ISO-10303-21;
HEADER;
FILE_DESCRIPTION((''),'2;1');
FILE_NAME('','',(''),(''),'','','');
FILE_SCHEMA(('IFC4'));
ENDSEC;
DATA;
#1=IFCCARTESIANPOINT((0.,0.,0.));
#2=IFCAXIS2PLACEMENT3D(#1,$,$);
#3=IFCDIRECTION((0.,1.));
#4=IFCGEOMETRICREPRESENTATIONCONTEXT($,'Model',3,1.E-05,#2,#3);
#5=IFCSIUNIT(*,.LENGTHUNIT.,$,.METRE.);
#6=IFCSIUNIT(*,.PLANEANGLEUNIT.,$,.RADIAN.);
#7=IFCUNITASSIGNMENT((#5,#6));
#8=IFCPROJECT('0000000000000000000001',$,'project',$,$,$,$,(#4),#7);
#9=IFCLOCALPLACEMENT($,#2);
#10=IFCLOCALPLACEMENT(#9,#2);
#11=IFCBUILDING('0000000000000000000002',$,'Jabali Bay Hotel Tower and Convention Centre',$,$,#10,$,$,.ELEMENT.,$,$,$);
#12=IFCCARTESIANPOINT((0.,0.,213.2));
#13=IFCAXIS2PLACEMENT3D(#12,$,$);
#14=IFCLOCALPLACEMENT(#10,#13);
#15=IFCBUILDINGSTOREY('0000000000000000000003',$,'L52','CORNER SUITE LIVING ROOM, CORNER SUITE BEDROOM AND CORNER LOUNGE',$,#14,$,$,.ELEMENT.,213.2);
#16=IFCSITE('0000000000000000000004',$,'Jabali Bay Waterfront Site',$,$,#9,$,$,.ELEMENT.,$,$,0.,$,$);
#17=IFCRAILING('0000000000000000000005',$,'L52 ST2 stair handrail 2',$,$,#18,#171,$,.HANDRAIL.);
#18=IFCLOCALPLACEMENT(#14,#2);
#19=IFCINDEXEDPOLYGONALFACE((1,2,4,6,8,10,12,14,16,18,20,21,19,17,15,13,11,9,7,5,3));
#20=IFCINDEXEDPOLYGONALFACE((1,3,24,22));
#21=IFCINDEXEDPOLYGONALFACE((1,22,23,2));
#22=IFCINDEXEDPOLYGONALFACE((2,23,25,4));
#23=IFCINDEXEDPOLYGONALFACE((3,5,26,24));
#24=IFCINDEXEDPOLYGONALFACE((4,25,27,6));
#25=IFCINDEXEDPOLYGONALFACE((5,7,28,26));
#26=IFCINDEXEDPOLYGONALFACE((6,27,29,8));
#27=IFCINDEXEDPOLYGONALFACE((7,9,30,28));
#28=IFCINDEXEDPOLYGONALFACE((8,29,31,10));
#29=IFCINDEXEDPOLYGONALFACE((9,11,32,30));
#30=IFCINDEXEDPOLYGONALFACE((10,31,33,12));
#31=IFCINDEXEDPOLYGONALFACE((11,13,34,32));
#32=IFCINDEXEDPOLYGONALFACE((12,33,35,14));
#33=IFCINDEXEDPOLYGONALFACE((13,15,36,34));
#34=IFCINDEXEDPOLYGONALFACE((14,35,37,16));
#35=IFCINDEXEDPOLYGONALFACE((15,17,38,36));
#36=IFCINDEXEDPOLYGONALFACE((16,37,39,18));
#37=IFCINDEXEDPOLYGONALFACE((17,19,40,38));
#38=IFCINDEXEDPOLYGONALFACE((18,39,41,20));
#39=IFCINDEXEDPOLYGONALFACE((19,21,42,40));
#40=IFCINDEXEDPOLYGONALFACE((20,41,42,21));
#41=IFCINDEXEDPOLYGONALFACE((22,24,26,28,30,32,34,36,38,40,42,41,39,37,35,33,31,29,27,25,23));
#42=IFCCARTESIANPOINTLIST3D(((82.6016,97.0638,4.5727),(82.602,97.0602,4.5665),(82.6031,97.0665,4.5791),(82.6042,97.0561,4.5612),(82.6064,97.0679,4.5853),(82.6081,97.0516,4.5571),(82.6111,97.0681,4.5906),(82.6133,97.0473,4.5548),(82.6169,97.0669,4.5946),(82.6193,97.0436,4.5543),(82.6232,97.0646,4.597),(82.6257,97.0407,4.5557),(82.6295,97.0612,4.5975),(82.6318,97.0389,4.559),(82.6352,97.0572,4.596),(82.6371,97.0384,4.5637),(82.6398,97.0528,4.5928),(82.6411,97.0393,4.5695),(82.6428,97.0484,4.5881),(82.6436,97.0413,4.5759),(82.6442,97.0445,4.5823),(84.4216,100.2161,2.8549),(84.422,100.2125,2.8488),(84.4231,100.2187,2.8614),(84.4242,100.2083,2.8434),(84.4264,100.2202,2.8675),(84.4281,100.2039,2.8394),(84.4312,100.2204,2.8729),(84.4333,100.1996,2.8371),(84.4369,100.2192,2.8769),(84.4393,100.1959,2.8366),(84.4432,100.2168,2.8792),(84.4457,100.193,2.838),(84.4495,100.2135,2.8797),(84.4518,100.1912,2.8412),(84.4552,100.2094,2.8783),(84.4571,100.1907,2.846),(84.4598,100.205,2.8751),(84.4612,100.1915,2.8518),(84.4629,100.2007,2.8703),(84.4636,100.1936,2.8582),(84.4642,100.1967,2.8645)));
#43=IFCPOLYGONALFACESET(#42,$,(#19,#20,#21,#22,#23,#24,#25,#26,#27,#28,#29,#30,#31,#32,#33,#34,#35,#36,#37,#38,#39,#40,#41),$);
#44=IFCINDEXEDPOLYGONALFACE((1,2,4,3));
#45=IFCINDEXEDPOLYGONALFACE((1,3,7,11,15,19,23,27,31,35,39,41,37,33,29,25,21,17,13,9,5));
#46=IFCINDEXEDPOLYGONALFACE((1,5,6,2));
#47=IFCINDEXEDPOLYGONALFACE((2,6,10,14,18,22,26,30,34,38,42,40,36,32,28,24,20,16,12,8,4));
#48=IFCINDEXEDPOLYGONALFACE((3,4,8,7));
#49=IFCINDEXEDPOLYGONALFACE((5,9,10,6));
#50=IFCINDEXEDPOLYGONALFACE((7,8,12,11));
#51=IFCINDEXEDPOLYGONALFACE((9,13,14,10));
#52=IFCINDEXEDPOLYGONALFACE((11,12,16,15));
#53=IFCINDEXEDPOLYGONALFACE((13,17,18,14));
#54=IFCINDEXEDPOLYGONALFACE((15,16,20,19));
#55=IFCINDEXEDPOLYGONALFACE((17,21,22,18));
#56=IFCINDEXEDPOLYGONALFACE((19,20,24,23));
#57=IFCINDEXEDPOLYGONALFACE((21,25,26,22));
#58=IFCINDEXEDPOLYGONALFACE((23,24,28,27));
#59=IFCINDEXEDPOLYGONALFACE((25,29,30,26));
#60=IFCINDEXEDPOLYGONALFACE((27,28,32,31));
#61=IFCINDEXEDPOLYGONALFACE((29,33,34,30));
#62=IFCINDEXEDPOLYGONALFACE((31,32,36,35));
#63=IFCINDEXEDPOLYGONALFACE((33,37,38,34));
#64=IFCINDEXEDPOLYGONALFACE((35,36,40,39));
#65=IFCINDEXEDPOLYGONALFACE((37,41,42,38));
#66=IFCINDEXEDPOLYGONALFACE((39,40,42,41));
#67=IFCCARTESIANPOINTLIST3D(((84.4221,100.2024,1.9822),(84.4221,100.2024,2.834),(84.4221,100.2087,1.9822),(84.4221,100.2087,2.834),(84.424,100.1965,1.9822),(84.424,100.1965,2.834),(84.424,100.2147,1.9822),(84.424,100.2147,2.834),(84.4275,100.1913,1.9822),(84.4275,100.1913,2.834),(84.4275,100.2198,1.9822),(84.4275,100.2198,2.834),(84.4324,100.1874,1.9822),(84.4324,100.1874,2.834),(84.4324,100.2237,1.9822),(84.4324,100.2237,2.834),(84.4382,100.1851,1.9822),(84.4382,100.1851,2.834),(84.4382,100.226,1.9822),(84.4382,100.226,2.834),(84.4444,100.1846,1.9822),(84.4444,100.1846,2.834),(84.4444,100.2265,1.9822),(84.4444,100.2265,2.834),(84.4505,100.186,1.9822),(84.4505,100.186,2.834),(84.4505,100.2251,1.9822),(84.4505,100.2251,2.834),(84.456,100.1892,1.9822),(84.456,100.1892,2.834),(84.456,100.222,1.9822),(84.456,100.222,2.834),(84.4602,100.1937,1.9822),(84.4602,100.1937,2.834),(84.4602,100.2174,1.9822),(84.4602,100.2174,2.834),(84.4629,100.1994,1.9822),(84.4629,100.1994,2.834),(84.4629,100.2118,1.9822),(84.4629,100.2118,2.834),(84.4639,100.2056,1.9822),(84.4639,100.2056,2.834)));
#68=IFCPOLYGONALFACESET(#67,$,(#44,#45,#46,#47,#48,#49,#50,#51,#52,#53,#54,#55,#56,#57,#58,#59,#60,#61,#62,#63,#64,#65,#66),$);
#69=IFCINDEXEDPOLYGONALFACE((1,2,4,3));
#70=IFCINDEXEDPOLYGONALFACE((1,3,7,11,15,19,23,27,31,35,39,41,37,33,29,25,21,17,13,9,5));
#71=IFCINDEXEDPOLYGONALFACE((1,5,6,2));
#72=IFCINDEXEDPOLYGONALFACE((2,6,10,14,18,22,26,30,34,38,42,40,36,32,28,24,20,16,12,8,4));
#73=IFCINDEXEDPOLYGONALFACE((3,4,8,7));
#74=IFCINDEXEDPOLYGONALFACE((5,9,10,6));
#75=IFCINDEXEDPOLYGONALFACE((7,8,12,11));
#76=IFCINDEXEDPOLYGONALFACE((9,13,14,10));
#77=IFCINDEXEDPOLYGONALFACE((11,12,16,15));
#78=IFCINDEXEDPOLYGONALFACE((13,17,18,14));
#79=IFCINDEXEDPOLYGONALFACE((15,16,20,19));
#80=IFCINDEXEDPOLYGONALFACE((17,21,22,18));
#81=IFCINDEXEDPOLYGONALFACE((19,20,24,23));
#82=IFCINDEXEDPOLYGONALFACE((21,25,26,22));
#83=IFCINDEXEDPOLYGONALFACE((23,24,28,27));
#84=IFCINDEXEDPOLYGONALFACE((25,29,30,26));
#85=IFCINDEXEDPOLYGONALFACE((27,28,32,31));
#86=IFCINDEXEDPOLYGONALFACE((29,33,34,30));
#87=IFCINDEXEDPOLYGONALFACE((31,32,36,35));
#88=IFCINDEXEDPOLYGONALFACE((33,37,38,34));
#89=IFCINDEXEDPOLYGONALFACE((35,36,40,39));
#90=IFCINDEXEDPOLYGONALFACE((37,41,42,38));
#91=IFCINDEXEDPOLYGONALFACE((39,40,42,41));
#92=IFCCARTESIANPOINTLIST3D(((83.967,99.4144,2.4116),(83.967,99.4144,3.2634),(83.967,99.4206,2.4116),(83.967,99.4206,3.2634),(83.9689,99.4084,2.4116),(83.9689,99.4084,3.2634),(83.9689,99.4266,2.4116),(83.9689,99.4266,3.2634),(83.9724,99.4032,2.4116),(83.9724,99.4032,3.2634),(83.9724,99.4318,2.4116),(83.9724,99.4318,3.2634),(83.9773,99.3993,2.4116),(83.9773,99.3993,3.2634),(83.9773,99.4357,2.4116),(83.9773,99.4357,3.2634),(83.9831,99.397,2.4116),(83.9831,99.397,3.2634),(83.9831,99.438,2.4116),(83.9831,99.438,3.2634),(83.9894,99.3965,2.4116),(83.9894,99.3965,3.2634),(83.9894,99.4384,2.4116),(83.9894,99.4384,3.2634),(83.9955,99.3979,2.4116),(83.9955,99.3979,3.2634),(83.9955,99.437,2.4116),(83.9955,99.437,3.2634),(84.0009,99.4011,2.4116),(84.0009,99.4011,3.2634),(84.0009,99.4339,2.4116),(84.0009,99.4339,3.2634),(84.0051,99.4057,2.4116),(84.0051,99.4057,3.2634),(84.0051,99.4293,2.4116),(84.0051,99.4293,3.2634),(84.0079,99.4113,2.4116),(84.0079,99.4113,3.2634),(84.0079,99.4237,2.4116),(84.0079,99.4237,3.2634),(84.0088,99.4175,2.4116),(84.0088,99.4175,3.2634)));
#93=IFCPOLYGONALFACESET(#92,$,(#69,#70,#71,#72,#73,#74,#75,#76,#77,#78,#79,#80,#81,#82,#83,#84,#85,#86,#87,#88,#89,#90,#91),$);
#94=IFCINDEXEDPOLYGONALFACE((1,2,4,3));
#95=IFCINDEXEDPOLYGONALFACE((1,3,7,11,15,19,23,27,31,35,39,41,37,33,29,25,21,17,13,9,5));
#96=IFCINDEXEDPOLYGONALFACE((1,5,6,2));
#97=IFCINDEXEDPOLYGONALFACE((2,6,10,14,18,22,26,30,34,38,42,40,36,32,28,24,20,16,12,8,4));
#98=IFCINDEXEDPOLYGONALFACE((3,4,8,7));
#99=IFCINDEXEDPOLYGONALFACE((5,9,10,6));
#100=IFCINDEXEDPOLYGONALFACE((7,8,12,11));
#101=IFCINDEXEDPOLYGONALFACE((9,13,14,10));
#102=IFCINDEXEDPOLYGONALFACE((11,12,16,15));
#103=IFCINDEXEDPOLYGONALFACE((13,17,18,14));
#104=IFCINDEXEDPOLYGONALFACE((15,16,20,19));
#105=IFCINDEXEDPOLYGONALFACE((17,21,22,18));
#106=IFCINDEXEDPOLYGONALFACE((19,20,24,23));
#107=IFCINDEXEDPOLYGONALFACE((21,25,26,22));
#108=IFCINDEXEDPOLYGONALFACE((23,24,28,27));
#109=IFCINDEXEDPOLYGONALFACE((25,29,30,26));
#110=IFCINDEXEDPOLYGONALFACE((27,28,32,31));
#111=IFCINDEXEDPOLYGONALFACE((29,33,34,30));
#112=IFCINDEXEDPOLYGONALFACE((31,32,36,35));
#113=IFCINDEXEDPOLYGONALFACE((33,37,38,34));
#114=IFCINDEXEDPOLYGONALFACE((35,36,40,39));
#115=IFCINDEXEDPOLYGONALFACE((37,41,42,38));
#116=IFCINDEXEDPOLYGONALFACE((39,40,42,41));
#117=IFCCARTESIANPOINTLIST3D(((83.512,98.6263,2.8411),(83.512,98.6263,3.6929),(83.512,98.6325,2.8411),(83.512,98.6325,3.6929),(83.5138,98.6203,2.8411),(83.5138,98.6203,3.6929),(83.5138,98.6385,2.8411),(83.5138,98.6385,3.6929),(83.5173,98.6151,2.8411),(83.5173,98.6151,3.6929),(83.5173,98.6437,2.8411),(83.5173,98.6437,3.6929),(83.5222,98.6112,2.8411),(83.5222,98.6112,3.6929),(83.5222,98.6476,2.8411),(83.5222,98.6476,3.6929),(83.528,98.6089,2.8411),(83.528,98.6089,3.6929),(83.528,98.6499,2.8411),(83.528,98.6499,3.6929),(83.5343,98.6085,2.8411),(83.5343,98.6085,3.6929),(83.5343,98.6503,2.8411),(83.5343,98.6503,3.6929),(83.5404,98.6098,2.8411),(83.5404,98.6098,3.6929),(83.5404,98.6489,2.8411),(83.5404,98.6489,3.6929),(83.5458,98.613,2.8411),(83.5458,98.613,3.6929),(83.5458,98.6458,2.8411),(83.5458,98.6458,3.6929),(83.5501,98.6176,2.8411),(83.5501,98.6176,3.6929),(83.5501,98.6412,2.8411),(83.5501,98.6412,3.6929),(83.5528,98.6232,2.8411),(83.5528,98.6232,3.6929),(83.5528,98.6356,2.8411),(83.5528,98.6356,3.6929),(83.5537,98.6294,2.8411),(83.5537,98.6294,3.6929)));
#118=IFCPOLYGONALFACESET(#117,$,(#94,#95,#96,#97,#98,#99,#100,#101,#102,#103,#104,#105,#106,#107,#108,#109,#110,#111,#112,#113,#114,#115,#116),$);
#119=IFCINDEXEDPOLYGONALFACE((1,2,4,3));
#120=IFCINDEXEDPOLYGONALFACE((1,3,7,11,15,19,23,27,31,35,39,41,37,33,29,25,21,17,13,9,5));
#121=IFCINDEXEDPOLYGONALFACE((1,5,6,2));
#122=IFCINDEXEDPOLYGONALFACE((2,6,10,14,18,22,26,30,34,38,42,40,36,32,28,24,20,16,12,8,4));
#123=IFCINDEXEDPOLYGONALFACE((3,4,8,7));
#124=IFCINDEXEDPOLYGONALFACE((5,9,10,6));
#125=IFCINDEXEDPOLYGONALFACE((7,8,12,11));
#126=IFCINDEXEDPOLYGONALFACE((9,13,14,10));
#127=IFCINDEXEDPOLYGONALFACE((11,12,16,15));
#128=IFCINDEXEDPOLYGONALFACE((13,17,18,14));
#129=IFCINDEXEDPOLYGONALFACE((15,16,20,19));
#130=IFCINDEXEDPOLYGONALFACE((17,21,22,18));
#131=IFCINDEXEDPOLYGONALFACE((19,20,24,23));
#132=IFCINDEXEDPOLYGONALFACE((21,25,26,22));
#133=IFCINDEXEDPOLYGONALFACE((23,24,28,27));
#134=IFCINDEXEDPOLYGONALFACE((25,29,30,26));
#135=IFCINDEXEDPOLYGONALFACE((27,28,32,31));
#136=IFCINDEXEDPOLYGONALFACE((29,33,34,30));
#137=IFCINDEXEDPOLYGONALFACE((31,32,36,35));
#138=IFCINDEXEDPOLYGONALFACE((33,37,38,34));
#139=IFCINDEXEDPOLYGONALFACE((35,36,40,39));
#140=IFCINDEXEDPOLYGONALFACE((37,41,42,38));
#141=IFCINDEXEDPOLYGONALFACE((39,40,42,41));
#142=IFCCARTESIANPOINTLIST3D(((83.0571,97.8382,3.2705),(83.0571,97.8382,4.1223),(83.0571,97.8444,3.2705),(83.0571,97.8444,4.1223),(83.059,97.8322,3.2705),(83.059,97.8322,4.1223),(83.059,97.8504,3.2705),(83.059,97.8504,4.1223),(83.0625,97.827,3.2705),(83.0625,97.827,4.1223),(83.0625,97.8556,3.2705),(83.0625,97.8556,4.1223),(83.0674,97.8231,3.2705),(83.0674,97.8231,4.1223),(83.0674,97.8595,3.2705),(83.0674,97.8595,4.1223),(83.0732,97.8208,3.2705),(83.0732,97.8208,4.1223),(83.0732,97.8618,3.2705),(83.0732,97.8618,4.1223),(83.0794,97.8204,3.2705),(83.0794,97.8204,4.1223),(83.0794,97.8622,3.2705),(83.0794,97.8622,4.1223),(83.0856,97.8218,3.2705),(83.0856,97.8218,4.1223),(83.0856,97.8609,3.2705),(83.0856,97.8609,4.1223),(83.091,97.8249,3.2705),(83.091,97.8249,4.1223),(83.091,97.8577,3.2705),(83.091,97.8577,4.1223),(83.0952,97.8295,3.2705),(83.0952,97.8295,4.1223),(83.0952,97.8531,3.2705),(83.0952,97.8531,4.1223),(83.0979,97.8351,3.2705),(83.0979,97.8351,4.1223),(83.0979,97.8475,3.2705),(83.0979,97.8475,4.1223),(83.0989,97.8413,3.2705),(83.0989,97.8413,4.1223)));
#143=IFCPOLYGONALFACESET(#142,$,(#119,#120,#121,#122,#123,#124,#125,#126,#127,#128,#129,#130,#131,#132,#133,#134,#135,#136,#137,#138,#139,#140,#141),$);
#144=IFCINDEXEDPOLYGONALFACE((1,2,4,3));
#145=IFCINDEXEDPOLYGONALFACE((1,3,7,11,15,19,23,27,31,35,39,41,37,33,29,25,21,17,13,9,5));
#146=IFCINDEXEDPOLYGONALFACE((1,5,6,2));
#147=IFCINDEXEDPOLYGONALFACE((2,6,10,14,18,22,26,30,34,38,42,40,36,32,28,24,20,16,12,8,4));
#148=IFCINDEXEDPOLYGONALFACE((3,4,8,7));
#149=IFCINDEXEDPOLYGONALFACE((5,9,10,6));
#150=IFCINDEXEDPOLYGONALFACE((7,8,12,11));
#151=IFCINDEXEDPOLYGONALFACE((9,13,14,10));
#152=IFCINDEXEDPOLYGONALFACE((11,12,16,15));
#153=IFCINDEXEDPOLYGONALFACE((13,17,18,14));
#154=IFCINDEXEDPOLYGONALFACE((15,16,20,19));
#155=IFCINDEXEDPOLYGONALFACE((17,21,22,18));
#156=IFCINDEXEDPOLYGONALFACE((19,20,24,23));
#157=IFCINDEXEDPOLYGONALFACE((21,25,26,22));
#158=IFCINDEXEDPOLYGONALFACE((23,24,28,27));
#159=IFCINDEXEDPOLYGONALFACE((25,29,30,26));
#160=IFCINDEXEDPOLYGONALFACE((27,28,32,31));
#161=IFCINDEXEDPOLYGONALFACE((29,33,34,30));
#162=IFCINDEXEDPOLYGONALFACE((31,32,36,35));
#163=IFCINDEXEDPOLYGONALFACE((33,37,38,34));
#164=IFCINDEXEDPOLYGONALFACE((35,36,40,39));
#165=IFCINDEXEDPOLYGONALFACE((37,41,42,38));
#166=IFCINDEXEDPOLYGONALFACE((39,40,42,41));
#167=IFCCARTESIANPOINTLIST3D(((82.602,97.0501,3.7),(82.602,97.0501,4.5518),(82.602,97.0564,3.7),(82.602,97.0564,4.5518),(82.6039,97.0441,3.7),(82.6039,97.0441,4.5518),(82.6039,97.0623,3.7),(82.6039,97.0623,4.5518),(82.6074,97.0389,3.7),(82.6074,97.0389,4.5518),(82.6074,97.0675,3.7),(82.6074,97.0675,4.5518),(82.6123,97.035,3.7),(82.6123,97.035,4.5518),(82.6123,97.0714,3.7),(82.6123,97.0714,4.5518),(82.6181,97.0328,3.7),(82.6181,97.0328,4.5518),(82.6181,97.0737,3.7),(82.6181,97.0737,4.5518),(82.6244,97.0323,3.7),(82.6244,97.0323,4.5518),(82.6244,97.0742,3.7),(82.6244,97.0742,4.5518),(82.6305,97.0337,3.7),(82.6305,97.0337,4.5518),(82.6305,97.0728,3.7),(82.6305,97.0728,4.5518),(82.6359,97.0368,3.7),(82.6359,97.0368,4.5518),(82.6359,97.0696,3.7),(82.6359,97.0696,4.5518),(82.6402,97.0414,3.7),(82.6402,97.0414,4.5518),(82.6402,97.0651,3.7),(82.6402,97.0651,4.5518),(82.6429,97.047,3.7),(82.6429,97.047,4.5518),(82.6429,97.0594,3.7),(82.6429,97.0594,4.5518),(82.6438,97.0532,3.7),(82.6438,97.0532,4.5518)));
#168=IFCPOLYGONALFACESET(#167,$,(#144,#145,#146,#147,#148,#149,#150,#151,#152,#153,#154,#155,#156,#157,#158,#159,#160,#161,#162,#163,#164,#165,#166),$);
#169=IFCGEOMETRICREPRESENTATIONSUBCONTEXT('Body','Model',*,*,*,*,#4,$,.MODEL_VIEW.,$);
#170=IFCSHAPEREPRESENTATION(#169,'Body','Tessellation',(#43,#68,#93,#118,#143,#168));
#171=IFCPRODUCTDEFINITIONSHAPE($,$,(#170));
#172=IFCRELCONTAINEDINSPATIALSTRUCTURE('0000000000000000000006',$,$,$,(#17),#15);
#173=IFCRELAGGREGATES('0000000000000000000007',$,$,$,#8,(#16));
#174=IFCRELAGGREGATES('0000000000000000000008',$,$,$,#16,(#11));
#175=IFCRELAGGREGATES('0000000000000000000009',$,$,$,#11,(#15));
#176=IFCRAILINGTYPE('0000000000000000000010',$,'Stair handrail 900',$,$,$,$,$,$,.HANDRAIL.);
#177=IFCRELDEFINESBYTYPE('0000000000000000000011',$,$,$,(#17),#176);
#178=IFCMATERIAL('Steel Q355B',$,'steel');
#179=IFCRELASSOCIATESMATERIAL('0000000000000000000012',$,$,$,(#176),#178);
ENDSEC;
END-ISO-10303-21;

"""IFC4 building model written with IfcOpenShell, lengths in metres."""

from ifc_helpers import new_model, si_unit, direction, frame, origin, origin_2d, place, context, subcontext, project, spatial, circle, extrude, material, type_object, element, save


model = new_model("IFC4")

# Units and contexts
model_context = context("Model", 3, precision=1e-05, world=origin(), true_north=direction((0.0, 1.0)))
body_context = subcontext(model_context, "Body", "Model", "MODEL_VIEW")
ifc_project = project(units=[si_unit("LENGTHUNIT", "METRE"), si_unit("PLANEANGLEUNIT", "RADIAN")], contexts=[model_context])

# Site, building, storey
site_placement = place(None, origin())
site = spatial("IfcSite", under=ifc_project, at=site_placement, Name="Jabali Bay Waterfront Site", CompositionType="ELEMENT", RefElevation=0.0)
building_placement = place(site_placement, origin())
building = spatial("IfcBuilding", under=site, at=building_placement, Name="Jabali Bay Hotel Tower and Convention Centre", CompositionType="ELEMENT")
storey_placement = place(building_placement, frame((0.0, 0.0, 213.2)))
storey = spatial("IfcBuildingStorey", under=building, at=storey_placement, Name="L52", Description="CORNER SUITE LIVING ROOM, CORNER SUITE BEDROOM AND CORNER LOUNGE", CompositionType="ELEMENT", Elevation=213.2)

# Railing
ifc_material_1 = material(Name="Steel Q355B", Category="steel")
railing_type_1 = type_object("IfcRailingType", Name="Stair handrail 900", PredefinedType="HANDRAIL", material=ifc_material_1)
railing_1_placement = place(storey_placement, frame((84.4429, 100.2056, 1.9822)))
element("IfcRailing", 1, at=railing_1_placement, inside=storey, type_object=railing_type_1, Name="L52 ST2 stair handrail 2", PredefinedType="HANDRAIL", context=body_context, shape_type="SweptSolid", body=[
    extrude(circle(Radius=0.0239, at=origin_2d()), frame((0.0, 0.0, 0.876), z_axis=(-0.45219, -0.78319, 0.426775), x_axis=(0.866018, -0.500013, 0.0)), (0.0, 0.0, 1.0), 4.0249),
    extrude(circle(Radius=0.021, at=origin_2d()), origin(), (0.0, 0.0, 1.0), 0.8518),
    extrude(circle(Radius=0.021, at=origin_2d()), frame((-0.4551, -0.7881, 0.4294)), (0.0, 0.0, 1.0), 0.8518),
    extrude(circle(Radius=0.021, at=origin_2d()), frame((-0.9102, -1.5762, 0.8589)), (0.0, 0.0, 1.0), 0.8518),
    extrude(circle(Radius=0.021, at=origin_2d()), frame((-1.365, -2.3643, 1.2883)), (0.0, 0.0, 1.0), 0.8518),
    extrude(circle(Radius=0.021, at=origin_2d()), frame((-1.8201, -3.1523, 1.7178)), (0.0, 0.0, 1.0), 0.8518),
])

save(model, "model.ifc")
